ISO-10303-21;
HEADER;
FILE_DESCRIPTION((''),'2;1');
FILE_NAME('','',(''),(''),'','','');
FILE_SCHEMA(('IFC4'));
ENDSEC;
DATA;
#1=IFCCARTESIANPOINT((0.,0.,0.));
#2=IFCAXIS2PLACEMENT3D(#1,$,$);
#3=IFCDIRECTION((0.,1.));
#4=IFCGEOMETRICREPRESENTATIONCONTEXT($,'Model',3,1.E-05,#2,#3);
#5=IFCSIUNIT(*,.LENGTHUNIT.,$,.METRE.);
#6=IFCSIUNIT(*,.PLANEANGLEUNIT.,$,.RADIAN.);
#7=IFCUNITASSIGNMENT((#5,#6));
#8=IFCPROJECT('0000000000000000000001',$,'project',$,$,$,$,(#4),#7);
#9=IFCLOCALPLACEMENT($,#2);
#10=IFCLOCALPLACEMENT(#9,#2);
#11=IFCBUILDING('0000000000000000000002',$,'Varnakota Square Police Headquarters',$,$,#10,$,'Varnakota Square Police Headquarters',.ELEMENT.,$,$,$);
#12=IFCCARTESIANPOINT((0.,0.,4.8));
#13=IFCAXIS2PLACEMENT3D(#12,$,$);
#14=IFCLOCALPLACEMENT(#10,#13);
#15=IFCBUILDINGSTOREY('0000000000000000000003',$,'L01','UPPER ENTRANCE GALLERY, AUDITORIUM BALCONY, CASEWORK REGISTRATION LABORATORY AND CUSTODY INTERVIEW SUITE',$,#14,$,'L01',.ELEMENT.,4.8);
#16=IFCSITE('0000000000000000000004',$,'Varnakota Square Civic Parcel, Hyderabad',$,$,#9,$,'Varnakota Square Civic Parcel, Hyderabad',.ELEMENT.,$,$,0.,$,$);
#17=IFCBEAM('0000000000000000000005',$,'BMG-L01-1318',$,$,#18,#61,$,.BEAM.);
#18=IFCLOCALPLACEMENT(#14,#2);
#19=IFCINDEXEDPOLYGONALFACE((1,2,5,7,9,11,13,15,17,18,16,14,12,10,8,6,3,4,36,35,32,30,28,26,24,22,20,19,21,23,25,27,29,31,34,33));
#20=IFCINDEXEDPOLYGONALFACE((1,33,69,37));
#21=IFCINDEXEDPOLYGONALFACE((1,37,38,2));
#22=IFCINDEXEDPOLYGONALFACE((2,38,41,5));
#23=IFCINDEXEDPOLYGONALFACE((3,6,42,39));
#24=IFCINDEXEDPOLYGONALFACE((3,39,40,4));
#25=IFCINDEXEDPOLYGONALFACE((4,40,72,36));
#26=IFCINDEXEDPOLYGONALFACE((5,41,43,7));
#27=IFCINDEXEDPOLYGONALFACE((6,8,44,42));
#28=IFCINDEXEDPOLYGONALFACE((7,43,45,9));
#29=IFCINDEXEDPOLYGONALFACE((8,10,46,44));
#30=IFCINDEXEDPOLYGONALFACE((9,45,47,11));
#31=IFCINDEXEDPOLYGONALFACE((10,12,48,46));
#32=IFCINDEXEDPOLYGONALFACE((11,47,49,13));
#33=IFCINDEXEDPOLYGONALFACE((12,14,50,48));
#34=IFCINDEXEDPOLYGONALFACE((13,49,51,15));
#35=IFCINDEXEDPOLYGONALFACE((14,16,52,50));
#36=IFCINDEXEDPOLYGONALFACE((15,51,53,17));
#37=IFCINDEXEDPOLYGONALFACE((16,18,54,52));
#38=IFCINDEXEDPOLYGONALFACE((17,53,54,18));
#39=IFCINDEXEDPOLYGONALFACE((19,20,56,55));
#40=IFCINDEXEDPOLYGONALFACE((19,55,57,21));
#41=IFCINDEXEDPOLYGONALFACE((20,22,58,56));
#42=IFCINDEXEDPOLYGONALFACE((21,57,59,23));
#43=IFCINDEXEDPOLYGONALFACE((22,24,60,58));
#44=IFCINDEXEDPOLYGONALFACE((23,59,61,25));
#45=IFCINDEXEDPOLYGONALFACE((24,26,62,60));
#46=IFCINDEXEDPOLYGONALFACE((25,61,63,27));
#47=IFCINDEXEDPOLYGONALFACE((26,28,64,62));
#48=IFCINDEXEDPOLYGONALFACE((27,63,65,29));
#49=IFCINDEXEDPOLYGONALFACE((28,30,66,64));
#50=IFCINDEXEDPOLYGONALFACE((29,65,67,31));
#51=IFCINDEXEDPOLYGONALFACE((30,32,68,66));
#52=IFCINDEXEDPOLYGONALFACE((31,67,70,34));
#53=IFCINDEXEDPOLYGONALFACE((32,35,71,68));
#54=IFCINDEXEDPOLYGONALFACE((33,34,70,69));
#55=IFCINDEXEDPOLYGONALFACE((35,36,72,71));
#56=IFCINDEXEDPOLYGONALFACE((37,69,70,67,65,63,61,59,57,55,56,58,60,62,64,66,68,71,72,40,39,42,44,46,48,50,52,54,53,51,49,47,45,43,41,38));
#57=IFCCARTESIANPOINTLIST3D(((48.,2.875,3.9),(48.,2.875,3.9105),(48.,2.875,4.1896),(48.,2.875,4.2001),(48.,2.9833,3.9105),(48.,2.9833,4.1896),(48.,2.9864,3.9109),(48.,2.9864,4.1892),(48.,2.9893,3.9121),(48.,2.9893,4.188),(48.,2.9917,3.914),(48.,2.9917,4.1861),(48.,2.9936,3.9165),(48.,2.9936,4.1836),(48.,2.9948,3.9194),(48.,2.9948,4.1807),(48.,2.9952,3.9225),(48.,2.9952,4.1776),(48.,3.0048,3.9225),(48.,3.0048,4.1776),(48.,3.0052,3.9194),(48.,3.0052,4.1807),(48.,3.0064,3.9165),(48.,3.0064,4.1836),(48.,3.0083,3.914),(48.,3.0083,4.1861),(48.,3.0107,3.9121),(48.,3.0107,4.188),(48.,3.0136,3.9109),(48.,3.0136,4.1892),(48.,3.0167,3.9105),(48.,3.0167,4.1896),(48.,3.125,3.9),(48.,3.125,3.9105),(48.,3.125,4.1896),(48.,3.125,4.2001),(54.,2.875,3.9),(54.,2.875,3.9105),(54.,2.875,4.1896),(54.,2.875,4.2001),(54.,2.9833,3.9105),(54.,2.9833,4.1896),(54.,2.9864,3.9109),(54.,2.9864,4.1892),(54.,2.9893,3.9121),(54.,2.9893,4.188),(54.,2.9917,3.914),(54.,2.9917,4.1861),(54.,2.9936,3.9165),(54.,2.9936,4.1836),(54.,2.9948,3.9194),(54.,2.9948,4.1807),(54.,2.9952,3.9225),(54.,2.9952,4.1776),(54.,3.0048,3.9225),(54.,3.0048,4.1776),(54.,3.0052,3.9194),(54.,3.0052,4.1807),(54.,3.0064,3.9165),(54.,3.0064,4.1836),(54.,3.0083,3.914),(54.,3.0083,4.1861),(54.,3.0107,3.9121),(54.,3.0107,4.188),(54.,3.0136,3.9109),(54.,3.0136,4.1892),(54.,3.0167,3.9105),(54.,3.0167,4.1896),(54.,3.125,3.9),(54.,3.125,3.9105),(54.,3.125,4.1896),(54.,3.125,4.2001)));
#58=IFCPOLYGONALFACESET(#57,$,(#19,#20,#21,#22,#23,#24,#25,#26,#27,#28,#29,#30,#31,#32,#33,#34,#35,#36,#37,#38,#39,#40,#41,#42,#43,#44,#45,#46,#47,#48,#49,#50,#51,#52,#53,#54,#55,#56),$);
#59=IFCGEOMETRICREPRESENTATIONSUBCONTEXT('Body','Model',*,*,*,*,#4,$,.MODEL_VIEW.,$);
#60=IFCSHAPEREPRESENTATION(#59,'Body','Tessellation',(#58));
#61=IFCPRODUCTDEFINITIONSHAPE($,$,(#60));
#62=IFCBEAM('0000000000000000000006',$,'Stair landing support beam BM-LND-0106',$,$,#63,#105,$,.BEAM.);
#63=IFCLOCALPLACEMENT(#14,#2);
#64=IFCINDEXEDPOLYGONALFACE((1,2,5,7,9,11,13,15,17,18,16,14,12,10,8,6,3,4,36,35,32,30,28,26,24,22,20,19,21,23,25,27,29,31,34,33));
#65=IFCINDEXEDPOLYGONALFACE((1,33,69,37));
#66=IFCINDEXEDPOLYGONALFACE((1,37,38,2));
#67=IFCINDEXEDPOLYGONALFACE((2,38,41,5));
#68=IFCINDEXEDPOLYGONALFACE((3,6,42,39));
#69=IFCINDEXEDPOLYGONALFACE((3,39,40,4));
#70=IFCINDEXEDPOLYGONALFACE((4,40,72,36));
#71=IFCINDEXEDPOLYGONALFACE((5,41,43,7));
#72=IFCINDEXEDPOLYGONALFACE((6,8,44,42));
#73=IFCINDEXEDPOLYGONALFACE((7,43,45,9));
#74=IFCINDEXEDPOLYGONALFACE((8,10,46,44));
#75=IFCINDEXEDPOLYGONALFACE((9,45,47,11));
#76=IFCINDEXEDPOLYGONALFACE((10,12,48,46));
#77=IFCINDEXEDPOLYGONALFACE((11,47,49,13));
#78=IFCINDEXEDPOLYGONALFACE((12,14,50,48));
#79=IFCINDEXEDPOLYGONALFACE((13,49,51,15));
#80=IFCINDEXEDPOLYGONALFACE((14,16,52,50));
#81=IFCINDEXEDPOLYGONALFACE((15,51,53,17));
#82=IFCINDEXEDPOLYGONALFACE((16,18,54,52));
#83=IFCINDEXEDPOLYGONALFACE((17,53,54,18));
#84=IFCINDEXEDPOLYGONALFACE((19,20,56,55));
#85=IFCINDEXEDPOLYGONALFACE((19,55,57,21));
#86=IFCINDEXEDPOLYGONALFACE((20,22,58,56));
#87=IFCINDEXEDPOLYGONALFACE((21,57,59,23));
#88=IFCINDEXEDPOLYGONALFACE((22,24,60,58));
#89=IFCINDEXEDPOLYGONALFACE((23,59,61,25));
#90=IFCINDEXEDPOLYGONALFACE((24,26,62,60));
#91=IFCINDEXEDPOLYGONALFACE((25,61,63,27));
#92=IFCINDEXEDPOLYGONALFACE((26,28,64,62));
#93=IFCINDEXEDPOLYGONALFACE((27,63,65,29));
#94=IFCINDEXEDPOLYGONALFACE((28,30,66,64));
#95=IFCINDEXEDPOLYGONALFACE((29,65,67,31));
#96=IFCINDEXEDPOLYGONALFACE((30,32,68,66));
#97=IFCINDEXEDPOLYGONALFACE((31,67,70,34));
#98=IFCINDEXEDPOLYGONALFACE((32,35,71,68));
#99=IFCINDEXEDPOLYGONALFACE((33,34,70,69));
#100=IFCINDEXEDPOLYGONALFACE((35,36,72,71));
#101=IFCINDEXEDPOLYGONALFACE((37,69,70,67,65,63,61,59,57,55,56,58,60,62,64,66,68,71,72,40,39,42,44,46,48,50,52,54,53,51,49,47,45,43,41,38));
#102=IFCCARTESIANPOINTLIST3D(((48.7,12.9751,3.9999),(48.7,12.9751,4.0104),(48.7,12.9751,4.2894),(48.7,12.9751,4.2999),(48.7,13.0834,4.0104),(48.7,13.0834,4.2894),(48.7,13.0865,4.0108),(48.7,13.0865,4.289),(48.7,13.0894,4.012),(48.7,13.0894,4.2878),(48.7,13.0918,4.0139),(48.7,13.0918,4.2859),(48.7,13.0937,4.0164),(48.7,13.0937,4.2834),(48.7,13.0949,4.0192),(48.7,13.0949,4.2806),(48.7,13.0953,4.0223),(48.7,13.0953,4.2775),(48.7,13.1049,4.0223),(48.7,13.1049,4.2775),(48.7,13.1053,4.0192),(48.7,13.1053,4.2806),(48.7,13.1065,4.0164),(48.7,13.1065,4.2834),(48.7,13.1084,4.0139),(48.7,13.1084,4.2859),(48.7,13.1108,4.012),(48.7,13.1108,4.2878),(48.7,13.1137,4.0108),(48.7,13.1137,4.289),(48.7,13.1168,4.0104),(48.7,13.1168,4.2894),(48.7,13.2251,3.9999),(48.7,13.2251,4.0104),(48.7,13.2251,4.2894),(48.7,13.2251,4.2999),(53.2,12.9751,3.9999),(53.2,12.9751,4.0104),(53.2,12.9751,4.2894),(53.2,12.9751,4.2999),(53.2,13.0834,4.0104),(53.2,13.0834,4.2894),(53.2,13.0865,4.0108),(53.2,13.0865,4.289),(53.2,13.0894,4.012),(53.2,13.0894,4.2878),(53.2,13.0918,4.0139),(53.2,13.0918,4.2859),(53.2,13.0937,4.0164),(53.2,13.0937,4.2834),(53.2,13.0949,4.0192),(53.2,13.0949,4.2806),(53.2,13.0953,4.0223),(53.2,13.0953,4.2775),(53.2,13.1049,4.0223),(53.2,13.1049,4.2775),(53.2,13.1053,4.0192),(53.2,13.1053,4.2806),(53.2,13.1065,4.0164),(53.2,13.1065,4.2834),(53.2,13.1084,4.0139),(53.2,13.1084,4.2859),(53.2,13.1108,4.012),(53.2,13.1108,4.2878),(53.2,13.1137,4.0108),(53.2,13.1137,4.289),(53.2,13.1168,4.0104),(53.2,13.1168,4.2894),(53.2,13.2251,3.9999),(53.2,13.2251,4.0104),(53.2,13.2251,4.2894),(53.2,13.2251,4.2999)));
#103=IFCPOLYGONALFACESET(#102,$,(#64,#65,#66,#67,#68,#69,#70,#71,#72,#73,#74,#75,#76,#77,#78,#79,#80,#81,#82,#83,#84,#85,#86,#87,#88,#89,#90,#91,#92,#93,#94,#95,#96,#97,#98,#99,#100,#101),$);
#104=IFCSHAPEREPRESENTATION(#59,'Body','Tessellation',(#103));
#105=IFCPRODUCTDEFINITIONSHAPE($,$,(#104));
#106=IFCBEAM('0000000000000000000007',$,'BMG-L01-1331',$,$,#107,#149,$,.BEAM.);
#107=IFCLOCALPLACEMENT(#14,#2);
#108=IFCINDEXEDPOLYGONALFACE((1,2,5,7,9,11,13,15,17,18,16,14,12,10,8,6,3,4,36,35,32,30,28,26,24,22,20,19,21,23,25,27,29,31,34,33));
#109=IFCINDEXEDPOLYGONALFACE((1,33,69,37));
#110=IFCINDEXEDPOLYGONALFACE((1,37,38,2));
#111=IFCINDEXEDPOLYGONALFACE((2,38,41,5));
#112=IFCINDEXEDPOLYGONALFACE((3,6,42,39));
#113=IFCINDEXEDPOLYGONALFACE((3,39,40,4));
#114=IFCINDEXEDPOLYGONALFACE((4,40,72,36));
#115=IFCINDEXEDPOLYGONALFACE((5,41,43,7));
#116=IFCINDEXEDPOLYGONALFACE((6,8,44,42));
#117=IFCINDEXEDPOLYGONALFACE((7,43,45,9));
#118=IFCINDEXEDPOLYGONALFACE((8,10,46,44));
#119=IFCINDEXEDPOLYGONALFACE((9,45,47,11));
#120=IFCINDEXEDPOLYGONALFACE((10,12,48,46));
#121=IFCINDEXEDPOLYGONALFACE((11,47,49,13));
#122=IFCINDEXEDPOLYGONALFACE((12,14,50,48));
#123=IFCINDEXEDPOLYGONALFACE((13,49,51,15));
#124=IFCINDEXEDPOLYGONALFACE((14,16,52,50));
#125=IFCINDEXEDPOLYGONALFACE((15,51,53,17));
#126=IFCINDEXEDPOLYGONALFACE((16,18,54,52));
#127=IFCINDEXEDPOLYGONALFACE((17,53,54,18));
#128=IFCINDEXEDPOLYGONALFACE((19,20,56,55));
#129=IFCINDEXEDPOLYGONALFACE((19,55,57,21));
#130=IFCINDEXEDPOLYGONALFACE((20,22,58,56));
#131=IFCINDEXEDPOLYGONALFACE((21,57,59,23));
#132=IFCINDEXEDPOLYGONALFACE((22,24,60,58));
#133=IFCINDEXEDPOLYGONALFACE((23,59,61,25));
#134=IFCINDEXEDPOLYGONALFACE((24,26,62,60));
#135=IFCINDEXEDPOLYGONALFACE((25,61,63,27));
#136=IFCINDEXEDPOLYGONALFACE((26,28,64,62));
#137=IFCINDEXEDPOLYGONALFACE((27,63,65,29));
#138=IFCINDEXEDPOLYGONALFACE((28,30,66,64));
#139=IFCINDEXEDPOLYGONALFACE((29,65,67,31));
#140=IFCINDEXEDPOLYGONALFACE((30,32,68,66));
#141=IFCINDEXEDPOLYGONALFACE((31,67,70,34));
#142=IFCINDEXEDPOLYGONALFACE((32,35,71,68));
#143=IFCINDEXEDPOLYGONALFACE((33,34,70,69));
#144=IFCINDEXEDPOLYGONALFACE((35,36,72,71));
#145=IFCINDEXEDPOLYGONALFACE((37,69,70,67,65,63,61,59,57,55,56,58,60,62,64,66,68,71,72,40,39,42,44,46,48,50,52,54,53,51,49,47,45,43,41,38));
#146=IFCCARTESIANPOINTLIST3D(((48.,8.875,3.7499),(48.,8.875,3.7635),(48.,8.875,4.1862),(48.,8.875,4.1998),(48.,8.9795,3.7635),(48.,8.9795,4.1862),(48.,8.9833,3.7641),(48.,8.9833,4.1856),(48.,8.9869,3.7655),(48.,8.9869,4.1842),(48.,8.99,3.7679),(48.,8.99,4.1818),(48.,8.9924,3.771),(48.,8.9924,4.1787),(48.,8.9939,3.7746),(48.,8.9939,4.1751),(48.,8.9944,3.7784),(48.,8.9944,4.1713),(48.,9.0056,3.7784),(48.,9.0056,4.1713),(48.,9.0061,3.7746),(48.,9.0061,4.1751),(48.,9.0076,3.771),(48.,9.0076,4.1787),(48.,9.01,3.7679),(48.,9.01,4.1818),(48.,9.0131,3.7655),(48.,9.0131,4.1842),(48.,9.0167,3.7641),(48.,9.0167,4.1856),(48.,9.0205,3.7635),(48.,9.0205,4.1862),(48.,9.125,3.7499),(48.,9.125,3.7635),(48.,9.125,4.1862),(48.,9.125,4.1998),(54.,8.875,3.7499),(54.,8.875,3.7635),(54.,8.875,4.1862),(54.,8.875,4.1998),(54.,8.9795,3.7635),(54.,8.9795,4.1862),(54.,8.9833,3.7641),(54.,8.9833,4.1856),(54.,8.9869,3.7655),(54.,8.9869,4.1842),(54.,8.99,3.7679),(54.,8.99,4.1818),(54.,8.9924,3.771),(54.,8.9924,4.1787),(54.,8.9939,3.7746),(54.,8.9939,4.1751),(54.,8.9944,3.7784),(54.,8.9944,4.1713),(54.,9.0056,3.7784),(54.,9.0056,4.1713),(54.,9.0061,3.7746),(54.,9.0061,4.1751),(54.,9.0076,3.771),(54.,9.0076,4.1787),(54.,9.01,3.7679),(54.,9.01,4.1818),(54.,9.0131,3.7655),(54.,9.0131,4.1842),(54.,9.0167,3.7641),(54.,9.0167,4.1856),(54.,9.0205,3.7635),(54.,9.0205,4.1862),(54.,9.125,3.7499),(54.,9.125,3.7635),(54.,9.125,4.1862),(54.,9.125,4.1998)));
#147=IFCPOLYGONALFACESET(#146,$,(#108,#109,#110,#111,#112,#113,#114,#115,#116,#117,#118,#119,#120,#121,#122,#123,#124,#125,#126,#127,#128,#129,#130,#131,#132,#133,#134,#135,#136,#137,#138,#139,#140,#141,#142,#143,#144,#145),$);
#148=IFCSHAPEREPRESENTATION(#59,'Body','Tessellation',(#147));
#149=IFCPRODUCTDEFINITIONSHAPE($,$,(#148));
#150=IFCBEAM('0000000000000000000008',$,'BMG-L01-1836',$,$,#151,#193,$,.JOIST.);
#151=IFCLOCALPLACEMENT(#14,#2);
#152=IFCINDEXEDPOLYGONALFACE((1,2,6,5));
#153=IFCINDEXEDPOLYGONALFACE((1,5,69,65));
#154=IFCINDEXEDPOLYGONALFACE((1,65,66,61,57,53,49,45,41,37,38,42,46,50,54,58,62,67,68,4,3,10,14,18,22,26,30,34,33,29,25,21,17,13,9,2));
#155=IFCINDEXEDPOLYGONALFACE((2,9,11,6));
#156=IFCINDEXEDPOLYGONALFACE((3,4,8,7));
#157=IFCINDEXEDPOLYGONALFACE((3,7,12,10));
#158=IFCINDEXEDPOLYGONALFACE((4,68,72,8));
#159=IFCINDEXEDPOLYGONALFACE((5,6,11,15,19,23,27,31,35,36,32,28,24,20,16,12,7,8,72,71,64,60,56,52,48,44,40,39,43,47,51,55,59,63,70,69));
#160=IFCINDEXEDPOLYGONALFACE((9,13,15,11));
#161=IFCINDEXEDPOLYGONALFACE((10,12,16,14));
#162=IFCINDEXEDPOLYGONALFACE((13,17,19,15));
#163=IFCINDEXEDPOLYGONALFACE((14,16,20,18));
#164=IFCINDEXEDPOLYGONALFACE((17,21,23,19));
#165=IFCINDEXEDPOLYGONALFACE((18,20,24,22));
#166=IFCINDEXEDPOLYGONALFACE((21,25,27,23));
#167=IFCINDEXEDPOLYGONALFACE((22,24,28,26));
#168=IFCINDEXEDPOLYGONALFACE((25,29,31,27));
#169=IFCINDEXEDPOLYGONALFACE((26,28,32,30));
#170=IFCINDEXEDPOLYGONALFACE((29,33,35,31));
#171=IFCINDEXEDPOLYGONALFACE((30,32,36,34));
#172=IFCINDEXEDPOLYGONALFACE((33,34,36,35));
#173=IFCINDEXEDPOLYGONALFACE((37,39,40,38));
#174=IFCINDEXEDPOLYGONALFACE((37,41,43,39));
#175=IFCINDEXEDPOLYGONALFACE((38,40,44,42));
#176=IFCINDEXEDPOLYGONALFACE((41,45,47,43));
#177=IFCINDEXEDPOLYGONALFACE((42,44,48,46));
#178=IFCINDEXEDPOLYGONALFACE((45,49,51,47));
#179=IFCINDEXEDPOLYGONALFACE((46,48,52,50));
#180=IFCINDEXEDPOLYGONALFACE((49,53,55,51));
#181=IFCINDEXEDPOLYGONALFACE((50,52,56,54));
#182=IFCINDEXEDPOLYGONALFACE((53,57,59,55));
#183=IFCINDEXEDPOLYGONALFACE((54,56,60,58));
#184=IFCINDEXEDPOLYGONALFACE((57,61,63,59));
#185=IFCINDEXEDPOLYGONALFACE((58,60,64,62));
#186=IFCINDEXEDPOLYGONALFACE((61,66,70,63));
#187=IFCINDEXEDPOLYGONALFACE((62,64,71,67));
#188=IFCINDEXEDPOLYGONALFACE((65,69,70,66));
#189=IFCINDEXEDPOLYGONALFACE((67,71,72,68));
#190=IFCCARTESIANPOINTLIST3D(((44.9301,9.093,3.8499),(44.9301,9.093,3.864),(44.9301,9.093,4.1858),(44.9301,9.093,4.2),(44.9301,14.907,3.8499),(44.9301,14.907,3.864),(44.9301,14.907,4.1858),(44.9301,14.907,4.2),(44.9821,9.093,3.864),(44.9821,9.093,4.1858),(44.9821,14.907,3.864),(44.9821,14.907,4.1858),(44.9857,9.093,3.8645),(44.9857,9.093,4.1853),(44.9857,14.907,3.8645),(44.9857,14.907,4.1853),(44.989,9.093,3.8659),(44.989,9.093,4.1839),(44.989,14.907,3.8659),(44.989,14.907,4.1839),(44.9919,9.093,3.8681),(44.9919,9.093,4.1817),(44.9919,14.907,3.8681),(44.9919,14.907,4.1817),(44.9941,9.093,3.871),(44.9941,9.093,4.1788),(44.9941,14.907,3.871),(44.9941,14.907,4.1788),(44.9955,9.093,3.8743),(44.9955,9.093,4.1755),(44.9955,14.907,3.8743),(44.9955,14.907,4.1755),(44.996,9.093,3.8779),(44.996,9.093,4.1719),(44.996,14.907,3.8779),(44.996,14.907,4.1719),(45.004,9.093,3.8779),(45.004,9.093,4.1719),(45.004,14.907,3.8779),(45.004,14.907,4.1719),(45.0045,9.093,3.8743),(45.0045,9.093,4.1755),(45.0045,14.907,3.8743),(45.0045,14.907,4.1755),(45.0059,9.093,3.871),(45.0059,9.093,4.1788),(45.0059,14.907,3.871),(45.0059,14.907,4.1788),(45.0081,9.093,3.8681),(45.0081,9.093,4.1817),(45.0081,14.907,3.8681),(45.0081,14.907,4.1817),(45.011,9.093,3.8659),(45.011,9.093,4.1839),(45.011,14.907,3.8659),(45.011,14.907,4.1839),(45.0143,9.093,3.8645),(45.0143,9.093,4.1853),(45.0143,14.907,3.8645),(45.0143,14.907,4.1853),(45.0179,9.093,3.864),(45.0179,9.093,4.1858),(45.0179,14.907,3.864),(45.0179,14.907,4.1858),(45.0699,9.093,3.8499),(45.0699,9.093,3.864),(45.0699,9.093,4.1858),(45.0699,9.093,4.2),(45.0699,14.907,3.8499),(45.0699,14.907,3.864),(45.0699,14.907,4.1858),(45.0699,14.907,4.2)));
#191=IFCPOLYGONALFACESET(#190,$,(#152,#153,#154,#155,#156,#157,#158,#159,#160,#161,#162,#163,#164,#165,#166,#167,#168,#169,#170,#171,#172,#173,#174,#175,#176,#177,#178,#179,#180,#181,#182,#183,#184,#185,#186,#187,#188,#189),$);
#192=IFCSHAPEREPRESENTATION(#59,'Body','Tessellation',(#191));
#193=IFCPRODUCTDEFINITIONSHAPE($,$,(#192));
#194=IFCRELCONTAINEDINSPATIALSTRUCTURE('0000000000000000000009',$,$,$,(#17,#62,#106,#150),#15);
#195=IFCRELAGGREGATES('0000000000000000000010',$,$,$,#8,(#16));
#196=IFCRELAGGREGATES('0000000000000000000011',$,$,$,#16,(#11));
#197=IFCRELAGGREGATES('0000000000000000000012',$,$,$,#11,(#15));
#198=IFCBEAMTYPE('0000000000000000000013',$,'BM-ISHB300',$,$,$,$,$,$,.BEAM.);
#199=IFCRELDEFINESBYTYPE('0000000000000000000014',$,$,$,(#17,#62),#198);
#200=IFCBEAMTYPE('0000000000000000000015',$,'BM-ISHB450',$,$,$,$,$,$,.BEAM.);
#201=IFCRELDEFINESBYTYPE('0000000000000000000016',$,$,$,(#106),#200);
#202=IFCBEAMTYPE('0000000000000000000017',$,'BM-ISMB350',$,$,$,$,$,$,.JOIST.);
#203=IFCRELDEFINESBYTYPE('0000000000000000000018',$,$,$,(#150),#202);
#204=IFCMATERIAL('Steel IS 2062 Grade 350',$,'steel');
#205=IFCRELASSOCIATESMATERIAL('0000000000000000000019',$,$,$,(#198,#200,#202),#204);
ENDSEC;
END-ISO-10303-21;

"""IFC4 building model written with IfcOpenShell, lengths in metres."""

from ifc_helpers import new_model, si_unit, direction, frame, origin, origin_2d, place, context, subcontext, project, spatial, i_section, extrude, material, material_profile, profile_set, type_object, element, save


model = new_model("IFC4")

# Units and contexts
model_context = context("Model", 3, precision=1e-05, world=origin(), true_north=direction((0.0, 1.0)))
body_context = subcontext(model_context, "Body", "Model", "MODEL_VIEW")
ifc_project = project(units=[si_unit("LENGTHUNIT", "METRE"), si_unit("PLANEANGLEUNIT", "RADIAN")], contexts=[model_context])

# Site, building, storey
site_placement = place(None, origin())
site = spatial("IfcSite", under=ifc_project, at=site_placement, Name="Varnakota Square Civic Parcel, Hyderabad", LongName="Varnakota Square Civic Parcel, Hyderabad", CompositionType="ELEMENT", RefElevation=0.0)
building_placement = place(site_placement, origin())
building = spatial("IfcBuilding", under=site, at=building_placement, Name="Varnakota Square Police Headquarters", LongName="Varnakota Square Police Headquarters", CompositionType="ELEMENT")
storey_placement = place(building_placement, frame((0.0, 0.0, 4.8)))
storey = spatial("IfcBuildingStorey", under=building, at=storey_placement, Name="L01", Description="UPPER ENTRANCE GALLERY, AUDITORIUM BALCONY, CASEWORK REGISTRATION LABORATORY AND CUSTODY INTERVIEW SUITE", LongName="L01", CompositionType="ELEMENT", Elevation=4.8)

# Shared definitions
ifc_material_1 = material(Name="Steel IS 2062 Grade 350", Category="steel")

# Beams
ifc_material_profile_1 = material_profile(ifc_material_1, i_section(OverallWidth=0.25, OverallDepth=0.3, WebThickness=0.0095, FlangeThickness=0.0105, FilletRadius=0.012, at=origin_2d()), Name="ISHB 300")
ifc_profile_set_1 = profile_set([ifc_material_profile_1], Name="Steel IS 2062 Grade 350")
beam_type_1 = type_object("IfcBeamType", Name="BM-ISHB300", PredefinedType="BEAM", material=ifc_profile_set_1)
beam_1_placement = place(storey_placement, frame((48.0, 3.0, 4.05), z_axis=(1.0, 0.0, 0.0), x_axis=(0.0, 1.0, 0.0)))
element("IfcBeam", 1, at=beam_1_placement, inside=storey, type_object=beam_type_1, Name="BMG-L01-1318", PredefinedType="BEAM", context=body_context, shape_type="SweptSolid", body=[
    extrude(i_section(OverallWidth=0.25, OverallDepth=0.3, WebThickness=0.0095, FlangeThickness=0.0105, FilletRadius=0.012, at=origin_2d()), origin(), (0.0, 0.0, 1.0), 6.0),
])
beam_2_placement = place(storey_placement, frame((48.7, 13.1001, 4.1499), z_axis=(1.0, 0.0, 0.0), x_axis=(0.0, 1.0, 0.0)))
element("IfcBeam", 2, at=beam_2_placement, inside=storey, type_object=beam_type_1, Name="Stair landing support beam BM-LND-0106", PredefinedType="BEAM", context=body_context, shape_type="SweptSolid", body=[
    extrude(i_section(OverallWidth=0.25, OverallDepth=0.3, WebThickness=0.0095, FlangeThickness=0.0105, FilletRadius=0.012, at=origin_2d()), origin(), (0.0, 0.0, 1.0), 4.5),
])
ifc_material_profile_2 = material_profile(ifc_material_1, i_section(OverallWidth=0.25, OverallDepth=0.45, WebThickness=0.0112, FlangeThickness=0.0137, FilletRadius=0.0149, at=origin_2d()), Name="ISHB 450")
ifc_profile_set_2 = profile_set([ifc_material_profile_2], Name="Steel IS 2062 Grade 350")
beam_type_2 = type_object("IfcBeamType", Name="BM-ISHB450", PredefinedType="BEAM", material=ifc_profile_set_2)
beam_3_placement = place(storey_placement, frame((48.0, 9.0, 3.9749), z_axis=(1.0, 0.0, 0.0), x_axis=(0.0, 1.0, 0.0)))
element("IfcBeam", 3, at=beam_3_placement, inside=storey, type_object=beam_type_2, Name="BMG-L01-1331", PredefinedType="BEAM", context=body_context, shape_type="SweptSolid", body=[
    extrude(i_section(OverallWidth=0.25, OverallDepth=0.45, WebThickness=0.0112, FlangeThickness=0.0137, FilletRadius=0.0149, at=origin_2d()), origin(), (0.0, 0.0, 1.0), 6.0),
])
ifc_material_profile_3 = material_profile(ifc_material_1, i_section(OverallWidth=0.1399, OverallDepth=0.3501, WebThickness=0.0081, FlangeThickness=0.0142, FilletRadius=0.0139, at=origin_2d()), Name="ISMB 350")
ifc_profile_set_3 = profile_set([ifc_material_profile_3], Name="Steel IS 2062 Grade 350")
beam_type_3 = type_object("IfcBeamType", Name="BM-ISMB350", PredefinedType="JOIST", material=ifc_profile_set_3)
beam_4_placement = place(storey_placement, frame((45.0, 9.093, 4.0249), z_axis=(0.0, 1.0, 0.0), x_axis=(-1.0, 0.0, 0.0)))
element("IfcBeam", 4, at=beam_4_placement, inside=storey, type_object=beam_type_3, Name="BMG-L01-1836", PredefinedType="JOIST", context=body_context, shape_type="SweptSolid", body=[
    extrude(i_section(OverallWidth=0.1399, OverallDepth=0.3501, WebThickness=0.0081, FlangeThickness=0.0142, FilletRadius=0.0139, at=origin_2d()), origin(), (0.0, 0.0, 1.0), 5.814),
])

save(model, "model.ifc")
